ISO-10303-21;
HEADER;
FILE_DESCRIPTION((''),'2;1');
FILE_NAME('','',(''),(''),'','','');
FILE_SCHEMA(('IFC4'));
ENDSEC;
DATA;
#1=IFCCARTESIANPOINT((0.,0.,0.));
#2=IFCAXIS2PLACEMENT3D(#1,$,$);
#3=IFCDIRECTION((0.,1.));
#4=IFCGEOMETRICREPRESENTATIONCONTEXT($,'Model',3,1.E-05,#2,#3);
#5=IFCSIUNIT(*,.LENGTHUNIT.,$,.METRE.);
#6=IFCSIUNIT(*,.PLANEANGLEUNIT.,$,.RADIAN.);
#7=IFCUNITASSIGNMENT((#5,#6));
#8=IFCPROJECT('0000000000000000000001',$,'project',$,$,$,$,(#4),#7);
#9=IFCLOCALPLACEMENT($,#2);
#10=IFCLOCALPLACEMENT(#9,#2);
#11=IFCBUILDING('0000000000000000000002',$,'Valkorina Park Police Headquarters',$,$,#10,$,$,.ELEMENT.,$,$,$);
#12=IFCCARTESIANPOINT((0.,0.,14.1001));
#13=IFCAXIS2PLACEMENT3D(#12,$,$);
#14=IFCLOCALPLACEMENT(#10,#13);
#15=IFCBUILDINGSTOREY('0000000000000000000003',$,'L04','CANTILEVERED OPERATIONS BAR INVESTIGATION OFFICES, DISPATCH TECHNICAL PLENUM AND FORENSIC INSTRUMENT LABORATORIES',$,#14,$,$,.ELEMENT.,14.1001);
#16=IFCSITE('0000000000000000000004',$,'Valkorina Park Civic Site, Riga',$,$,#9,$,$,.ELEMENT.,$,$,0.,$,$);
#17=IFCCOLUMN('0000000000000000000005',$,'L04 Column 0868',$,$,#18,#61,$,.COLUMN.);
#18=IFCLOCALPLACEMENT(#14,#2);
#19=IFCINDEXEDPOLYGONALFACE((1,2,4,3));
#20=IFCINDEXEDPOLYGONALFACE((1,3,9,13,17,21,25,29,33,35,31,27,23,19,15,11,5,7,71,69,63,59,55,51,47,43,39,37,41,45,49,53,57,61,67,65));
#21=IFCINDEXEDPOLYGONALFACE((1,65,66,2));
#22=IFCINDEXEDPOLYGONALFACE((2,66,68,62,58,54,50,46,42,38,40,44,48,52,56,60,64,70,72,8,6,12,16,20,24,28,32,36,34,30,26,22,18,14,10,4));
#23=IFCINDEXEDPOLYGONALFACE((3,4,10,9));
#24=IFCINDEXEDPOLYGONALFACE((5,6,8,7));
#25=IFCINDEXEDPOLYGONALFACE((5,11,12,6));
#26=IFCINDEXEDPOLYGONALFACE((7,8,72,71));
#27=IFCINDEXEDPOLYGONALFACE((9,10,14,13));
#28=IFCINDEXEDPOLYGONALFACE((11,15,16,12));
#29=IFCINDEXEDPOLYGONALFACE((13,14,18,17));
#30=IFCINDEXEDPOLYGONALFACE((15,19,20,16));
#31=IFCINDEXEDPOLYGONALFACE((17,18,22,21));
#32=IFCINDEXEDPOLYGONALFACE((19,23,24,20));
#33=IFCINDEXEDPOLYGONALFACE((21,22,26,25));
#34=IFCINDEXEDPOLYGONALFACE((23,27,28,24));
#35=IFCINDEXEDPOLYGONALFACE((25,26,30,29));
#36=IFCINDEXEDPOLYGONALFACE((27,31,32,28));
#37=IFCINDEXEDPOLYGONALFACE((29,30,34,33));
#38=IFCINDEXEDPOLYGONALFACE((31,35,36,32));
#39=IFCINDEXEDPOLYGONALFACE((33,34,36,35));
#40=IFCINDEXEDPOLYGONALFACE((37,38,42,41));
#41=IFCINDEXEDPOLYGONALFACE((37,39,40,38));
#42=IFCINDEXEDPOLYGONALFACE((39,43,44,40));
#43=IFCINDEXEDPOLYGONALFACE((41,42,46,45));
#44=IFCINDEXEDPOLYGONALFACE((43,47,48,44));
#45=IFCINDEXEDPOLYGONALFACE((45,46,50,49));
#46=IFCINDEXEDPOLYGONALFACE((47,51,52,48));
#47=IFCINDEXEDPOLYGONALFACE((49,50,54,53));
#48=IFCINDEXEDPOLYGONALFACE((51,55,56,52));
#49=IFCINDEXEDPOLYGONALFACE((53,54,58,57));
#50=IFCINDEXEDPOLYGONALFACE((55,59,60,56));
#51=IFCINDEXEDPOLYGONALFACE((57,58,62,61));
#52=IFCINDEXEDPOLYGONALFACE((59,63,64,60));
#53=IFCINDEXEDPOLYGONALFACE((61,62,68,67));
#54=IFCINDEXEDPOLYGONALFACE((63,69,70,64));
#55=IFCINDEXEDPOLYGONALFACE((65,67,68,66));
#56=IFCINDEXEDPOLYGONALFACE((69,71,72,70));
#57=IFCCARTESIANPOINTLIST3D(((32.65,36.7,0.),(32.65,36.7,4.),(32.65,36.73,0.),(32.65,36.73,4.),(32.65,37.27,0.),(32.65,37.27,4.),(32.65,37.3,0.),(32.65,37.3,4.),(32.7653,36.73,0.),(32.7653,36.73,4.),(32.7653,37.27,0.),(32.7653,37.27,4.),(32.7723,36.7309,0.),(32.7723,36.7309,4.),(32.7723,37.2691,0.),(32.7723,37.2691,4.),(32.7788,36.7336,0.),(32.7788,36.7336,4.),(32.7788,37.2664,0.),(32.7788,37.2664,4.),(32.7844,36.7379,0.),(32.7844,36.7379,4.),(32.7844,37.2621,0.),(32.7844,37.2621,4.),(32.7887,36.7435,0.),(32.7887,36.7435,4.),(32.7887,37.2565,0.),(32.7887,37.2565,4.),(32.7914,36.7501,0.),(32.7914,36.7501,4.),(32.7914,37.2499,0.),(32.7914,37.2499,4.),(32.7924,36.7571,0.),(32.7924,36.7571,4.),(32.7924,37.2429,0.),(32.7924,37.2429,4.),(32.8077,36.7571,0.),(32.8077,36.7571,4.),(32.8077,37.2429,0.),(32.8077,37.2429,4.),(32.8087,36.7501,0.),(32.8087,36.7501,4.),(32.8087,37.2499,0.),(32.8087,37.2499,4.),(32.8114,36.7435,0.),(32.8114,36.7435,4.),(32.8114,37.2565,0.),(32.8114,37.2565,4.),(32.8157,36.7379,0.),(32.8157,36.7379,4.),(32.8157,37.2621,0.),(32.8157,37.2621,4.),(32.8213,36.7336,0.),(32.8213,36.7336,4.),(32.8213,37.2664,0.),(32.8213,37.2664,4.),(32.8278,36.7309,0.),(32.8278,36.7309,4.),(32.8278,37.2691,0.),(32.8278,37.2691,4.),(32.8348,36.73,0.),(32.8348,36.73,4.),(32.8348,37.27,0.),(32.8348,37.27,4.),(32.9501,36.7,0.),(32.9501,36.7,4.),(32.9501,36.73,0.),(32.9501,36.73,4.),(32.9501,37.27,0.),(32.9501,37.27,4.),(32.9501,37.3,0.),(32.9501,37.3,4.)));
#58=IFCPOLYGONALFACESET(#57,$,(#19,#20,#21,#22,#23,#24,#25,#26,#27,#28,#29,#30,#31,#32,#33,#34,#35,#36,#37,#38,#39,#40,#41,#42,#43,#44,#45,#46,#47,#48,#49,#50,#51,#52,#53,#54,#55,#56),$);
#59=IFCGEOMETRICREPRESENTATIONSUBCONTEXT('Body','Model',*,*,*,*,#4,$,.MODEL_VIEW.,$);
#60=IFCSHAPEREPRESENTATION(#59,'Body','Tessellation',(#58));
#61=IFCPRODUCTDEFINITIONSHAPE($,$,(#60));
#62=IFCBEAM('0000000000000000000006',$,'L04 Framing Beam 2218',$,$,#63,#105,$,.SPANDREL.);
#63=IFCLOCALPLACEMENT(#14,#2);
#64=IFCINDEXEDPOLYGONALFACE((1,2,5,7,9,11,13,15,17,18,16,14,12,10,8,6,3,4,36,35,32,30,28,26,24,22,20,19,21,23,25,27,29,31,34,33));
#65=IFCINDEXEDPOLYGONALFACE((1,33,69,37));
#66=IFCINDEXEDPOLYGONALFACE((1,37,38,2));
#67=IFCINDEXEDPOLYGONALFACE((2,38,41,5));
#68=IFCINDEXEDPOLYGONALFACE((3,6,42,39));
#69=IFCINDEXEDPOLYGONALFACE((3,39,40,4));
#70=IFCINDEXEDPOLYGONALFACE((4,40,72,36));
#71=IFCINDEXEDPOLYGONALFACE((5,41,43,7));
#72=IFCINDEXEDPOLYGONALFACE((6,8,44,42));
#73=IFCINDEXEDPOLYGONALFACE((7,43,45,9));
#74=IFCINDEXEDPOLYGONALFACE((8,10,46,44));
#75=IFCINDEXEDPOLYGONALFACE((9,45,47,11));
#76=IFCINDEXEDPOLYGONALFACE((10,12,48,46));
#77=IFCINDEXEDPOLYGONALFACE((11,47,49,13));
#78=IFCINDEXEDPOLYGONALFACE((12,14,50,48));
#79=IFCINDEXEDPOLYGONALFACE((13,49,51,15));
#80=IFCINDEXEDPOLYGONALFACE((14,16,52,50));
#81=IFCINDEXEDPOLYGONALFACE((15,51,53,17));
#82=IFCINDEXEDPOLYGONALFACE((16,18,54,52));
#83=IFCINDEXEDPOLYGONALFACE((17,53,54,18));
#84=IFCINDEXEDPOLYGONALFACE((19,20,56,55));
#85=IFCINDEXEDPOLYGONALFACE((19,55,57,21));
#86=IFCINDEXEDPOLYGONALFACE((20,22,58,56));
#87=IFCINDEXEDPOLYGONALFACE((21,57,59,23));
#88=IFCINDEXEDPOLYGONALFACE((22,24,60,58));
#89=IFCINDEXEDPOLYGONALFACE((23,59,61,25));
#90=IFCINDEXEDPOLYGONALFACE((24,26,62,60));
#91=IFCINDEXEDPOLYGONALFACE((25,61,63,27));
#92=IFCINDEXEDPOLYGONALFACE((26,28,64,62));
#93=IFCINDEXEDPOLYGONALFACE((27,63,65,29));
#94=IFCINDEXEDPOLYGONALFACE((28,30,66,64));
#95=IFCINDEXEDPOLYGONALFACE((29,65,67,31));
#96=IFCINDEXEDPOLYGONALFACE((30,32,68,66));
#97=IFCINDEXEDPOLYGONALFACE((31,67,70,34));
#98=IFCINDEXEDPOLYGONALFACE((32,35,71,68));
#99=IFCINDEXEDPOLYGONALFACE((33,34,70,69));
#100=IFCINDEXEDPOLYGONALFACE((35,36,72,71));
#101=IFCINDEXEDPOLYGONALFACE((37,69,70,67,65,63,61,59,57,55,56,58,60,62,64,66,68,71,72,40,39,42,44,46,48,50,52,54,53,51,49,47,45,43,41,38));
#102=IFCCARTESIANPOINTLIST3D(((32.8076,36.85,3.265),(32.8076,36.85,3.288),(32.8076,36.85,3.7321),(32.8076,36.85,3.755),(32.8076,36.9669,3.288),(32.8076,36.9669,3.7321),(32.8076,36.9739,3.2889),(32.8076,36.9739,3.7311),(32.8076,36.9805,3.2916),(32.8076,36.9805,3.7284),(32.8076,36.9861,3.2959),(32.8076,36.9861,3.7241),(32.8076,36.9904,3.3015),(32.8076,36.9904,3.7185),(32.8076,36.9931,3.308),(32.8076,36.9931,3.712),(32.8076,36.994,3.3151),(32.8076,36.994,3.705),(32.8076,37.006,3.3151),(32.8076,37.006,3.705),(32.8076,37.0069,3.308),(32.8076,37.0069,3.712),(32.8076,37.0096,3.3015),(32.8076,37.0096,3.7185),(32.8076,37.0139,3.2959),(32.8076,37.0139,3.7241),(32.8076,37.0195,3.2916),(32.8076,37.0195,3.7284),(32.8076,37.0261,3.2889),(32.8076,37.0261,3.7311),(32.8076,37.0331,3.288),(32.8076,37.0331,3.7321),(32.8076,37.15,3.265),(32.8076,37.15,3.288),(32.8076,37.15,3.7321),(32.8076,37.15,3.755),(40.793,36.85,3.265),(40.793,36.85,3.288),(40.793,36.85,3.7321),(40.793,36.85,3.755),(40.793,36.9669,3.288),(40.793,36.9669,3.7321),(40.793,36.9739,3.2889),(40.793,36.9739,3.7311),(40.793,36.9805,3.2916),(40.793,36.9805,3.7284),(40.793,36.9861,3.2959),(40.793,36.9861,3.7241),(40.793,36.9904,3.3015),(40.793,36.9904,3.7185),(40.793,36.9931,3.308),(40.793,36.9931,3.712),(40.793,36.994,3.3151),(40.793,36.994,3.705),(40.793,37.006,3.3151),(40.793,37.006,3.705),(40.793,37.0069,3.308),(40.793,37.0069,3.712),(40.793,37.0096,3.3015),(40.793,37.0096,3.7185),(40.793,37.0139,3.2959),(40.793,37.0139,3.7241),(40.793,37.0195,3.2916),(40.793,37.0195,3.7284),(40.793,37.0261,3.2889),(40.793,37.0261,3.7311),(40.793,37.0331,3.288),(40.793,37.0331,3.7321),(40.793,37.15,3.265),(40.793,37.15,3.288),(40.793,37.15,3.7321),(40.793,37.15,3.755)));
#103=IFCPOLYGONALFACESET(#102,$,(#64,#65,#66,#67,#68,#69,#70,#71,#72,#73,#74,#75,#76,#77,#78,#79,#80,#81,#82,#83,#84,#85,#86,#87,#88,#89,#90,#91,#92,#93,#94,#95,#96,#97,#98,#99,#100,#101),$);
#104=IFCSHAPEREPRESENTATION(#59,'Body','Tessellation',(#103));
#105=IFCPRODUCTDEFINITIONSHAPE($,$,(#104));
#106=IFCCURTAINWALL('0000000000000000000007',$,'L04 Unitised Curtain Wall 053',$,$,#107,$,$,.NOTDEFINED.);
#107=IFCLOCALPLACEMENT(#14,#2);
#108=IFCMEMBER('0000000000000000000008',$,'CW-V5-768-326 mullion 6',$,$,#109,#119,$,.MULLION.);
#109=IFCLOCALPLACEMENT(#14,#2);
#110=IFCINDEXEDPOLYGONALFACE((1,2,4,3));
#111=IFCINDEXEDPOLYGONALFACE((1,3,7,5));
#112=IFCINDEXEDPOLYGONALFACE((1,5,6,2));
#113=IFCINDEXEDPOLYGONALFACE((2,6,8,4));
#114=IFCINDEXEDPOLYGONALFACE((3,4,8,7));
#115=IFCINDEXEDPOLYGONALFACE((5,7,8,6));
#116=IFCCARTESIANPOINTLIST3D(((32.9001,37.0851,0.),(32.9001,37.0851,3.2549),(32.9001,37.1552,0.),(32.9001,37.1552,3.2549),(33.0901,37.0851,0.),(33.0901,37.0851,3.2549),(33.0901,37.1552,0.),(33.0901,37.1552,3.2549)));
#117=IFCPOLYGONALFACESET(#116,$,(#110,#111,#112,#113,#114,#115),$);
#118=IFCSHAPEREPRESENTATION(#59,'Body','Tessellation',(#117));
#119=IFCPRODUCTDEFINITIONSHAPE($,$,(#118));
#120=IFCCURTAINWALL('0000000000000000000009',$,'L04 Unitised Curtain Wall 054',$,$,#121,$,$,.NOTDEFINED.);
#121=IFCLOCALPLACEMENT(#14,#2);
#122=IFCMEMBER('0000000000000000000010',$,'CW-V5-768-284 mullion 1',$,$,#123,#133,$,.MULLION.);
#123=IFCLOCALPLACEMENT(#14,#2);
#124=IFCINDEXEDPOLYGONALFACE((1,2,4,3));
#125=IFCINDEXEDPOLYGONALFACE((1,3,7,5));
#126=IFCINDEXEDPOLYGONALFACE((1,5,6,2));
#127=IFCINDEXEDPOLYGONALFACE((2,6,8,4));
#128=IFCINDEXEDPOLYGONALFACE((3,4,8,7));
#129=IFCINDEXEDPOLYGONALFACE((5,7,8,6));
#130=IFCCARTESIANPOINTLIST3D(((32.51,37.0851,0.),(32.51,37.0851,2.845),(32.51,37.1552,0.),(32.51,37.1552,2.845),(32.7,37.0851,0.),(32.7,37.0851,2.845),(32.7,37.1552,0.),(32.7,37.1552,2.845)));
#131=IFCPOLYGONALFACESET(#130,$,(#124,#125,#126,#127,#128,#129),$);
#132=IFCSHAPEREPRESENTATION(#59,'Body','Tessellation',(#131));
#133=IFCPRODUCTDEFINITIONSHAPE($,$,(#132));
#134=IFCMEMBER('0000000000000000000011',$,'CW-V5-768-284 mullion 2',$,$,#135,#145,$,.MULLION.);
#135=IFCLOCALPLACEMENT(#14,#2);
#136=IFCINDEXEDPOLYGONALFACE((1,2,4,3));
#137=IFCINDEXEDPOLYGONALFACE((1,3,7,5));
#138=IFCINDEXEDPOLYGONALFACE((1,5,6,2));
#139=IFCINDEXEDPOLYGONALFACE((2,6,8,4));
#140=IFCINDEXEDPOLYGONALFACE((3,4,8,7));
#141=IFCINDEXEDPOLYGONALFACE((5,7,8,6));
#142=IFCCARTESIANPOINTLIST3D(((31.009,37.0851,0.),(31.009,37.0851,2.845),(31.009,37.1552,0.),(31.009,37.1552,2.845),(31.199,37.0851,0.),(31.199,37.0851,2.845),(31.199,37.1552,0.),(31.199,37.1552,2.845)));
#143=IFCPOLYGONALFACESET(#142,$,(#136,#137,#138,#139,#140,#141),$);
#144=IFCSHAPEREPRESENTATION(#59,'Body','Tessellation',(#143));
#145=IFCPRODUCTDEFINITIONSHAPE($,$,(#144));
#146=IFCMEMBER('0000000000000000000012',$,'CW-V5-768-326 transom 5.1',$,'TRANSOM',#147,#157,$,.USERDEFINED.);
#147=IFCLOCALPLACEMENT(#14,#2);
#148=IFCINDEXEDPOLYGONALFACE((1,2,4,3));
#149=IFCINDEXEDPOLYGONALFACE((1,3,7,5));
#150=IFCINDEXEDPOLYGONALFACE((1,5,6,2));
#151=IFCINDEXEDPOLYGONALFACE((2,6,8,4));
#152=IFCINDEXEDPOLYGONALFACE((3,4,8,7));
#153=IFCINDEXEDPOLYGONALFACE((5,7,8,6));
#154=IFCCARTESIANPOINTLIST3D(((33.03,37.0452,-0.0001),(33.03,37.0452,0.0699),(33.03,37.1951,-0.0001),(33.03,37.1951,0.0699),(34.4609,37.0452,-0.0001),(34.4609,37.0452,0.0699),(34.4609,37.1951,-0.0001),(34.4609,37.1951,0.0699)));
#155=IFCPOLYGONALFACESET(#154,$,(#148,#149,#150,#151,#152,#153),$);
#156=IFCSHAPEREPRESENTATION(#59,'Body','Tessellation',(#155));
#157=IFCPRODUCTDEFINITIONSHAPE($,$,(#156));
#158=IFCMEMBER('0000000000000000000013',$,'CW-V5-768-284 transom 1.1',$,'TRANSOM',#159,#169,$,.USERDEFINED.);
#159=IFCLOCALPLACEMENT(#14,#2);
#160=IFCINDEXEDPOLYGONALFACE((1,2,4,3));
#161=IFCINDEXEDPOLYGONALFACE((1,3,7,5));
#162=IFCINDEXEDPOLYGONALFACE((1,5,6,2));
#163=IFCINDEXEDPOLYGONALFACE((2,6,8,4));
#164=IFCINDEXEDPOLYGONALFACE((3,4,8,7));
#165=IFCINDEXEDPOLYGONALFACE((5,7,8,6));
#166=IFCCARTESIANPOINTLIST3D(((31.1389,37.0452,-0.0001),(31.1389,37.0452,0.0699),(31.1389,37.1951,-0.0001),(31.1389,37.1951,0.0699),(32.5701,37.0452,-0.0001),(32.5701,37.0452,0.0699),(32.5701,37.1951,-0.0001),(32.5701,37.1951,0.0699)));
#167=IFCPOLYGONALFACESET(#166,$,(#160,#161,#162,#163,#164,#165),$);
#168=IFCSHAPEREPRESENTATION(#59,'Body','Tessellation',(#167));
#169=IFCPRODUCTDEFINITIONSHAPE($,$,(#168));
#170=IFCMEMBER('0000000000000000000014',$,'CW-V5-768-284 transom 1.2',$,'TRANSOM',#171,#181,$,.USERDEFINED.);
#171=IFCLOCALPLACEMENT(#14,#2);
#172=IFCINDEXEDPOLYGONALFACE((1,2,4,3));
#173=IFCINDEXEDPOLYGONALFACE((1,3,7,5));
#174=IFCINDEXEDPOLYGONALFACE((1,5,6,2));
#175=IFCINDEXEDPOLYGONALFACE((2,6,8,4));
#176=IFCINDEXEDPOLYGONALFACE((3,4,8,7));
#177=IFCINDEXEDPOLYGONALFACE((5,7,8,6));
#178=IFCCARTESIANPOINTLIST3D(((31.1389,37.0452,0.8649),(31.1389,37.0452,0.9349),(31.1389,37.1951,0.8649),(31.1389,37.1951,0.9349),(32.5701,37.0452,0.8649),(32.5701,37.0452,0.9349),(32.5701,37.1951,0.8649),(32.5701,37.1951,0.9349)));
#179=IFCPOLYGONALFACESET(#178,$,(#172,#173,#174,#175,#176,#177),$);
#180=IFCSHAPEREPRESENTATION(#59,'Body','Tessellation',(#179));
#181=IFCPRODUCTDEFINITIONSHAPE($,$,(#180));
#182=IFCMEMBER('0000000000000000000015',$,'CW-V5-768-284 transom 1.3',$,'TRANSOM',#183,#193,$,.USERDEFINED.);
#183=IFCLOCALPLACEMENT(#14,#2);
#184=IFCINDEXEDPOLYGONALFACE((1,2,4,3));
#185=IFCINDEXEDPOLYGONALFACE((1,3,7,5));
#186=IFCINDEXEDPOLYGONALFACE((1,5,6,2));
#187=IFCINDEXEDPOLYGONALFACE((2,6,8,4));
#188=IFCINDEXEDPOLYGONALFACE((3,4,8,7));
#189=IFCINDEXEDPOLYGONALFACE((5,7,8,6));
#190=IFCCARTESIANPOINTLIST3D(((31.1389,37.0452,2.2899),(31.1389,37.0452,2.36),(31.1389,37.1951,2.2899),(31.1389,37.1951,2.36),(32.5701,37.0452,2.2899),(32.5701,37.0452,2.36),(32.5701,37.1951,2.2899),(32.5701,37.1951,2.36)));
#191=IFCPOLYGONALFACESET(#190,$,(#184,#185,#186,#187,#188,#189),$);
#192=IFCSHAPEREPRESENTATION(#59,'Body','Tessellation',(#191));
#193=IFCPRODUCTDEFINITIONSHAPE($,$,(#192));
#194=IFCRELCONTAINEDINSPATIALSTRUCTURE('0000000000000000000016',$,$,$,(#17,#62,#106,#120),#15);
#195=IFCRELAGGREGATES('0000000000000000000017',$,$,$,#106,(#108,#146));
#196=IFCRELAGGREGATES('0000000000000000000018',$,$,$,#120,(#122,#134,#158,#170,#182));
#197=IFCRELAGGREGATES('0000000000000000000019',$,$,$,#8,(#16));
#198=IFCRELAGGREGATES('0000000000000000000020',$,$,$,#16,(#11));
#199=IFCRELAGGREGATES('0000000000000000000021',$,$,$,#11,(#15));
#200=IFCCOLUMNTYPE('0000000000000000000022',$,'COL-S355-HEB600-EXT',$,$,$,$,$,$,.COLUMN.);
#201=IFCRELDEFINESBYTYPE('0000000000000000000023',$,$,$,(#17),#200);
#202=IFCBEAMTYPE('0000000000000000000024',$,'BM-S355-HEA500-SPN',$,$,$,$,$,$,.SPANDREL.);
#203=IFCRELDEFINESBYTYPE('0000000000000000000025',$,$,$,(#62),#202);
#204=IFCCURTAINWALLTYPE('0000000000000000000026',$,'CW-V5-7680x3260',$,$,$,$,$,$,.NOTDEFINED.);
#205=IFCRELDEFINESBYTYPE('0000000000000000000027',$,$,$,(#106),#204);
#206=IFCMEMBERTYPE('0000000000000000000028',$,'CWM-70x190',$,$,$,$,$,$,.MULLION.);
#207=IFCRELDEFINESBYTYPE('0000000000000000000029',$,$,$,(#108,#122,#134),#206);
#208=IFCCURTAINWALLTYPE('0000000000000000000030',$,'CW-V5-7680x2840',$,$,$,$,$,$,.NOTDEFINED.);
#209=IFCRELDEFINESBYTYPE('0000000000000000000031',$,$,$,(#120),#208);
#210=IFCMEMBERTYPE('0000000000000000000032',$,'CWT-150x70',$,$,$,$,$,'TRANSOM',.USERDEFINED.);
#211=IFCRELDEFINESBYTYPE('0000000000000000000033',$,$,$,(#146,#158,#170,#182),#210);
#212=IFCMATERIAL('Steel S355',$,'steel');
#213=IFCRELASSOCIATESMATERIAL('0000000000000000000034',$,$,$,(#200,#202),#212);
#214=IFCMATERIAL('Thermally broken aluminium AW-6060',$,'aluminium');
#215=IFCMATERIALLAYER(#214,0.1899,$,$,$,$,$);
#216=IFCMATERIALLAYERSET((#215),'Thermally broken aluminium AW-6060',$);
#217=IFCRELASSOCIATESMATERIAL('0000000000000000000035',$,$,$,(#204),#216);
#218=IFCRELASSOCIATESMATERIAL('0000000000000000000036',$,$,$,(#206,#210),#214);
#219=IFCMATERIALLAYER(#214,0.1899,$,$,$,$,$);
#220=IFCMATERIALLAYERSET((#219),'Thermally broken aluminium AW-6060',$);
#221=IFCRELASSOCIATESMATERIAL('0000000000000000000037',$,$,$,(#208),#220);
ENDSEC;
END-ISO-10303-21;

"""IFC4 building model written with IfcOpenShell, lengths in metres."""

from ifc_helpers import new_model, si_unit, direction, frame, origin, origin_2d, place, context, subcontext, project, spatial, rectangle, i_section, extrude, material, layer, layer_set, material_profile, profile_set, type_object, element, aggregate, save


model = new_model("IFC4")

# Units and contexts
model_context = context("Model", 3, precision=1e-05, world=origin(), true_north=direction((0.0, 1.0)))
body_context = subcontext(model_context, "Body", "Model", "MODEL_VIEW")
ifc_project = project(units=[si_unit("LENGTHUNIT", "METRE"), si_unit("PLANEANGLEUNIT", "RADIAN")], contexts=[model_context])

# Site, building, storey
site_placement = place(None, origin())
site = spatial("IfcSite", under=ifc_project, at=site_placement, Name="Valkorina Park Civic Site, Riga", CompositionType="ELEMENT", RefElevation=0.0)
building_placement = place(site_placement, origin())
building = spatial("IfcBuilding", under=site, at=building_placement, Name="Valkorina Park Police Headquarters", CompositionType="ELEMENT")
storey_placement = place(building_placement, frame((0.0, 0.0, 14.1001)))
storey = spatial("IfcBuildingStorey", under=building, at=storey_placement, Name="L04", Description="CANTILEVERED OPERATIONS BAR INVESTIGATION OFFICES, DISPATCH TECHNICAL PLENUM AND FORENSIC INSTRUMENT LABORATORIES", CompositionType="ELEMENT", Elevation=14.1001)

# Column
ifc_material_1 = material(Name="Steel S355", Category="steel")
ifc_material_profile_1 = material_profile(ifc_material_1, i_section(OverallWidth=0.3, OverallDepth=0.6001, WebThickness=0.0154, FlangeThickness=0.03, FilletRadius=0.0271, at=origin_2d()), Name="HEB 600")
ifc_profile_set_1 = profile_set([ifc_material_profile_1], Name="Steel S355")
column_type = type_object("IfcColumnType", Name="COL-S355-HEB600-EXT", PredefinedType="COLUMN", material=ifc_profile_set_1)
column_placement = place(storey_placement, frame((32.8, 37.0, 0.0), z_axis=(0.0, 0.0, 1.0), x_axis=(1.0, 0.0, 0.0)))
element("IfcColumn", 1, at=column_placement, inside=storey, type_object=column_type, Name="L04 Column 0868", PredefinedType="COLUMN", context=body_context, shape_type="SweptSolid", body=[
    extrude(i_section(OverallWidth=0.3, OverallDepth=0.6001, WebThickness=0.0154, FlangeThickness=0.03, FilletRadius=0.0271, at=origin_2d()), origin(), (0.0, 0.0, 1.0), 4.0),
])

# Beam
ifc_material_profile_2 = material_profile(ifc_material_1, i_section(OverallWidth=0.3, OverallDepth=0.49, WebThickness=0.012, FlangeThickness=0.0229, FilletRadius=0.0271, at=origin_2d()), Name="HEA 500")
ifc_profile_set_2 = profile_set([ifc_material_profile_2], Name="Steel S355")
beam_type = type_object("IfcBeamType", Name="BM-S355-HEA500-SPN", PredefinedType="SPANDREL", material=ifc_profile_set_2)
beam_placement = place(storey_placement, frame((32.8076, 37.0, 3.51), z_axis=(1.0, 0.0, 0.0), x_axis=(0.0, 1.0, 0.0)))
element("IfcBeam", 2, at=beam_placement, inside=storey, type_object=beam_type, Name="L04 Framing Beam 2218", PredefinedType="SPANDREL", context=body_context, shape_type="SweptSolid", body=[
    extrude(i_section(OverallWidth=0.3, OverallDepth=0.49, WebThickness=0.012, FlangeThickness=0.0229, FilletRadius=0.0271, at=origin_2d()), origin(), (0.0, 0.0, 1.0), 7.9854),
])

# Curtain wall, member
ifc_material_2 = material(Name="Thermally broken aluminium AW-6060", Category="aluminium")
ifc_layer_1 = layer(ifc_material_2, 0.1899)
ifc_layer_set_1 = layer_set([ifc_layer_1], Name="Thermally broken aluminium AW-6060")
curtain_wall_type_1 = type_object("IfcCurtainWallType", Name="CW-V5-7680x3260", PredefinedType="NOTDEFINED", material=ifc_layer_set_1)
curtain_wall_1_placement = place(storey_placement, origin())
curtain_wall_1 = element("IfcCurtainWall", 3, at=curtain_wall_1_placement, inside=storey, type_object=curtain_wall_type_1, Name="L04 Unitised Curtain Wall 053", PredefinedType="NOTDEFINED")
ifc_material_profile_3 = material_profile(ifc_material_2, rectangle(XDim=0.0701, YDim=0.1899, at=origin_2d()), Name="CWM-02 70x190")
ifc_profile_set_3 = profile_set([ifc_material_profile_3], Name="Thermally broken aluminium AW-6060")
member_type_1 = type_object("IfcMemberType", Name="CWM-70x190", PredefinedType="MULLION", material=ifc_profile_set_3)
member_1_placement = place(storey_placement, frame((32.9951, 37.1201, 0.0), z_axis=(0.0, 0.0, 1.0), x_axis=(0.0, -1.0, 0.0)))
member_1 = element("IfcMember", 4, at=member_1_placement, type_object=member_type_1, Name="CW-V5-768-326 mullion 6", PredefinedType="MULLION", context=body_context, shape_type="SweptSolid", body=[
    extrude(rectangle(XDim=0.0701, YDim=0.1899, at=origin_2d()), origin(), (0.0, 0.0, 1.0), 3.2549),
])

# Curtain wall, members
ifc_layer_2 = layer(ifc_material_2, 0.1899)
ifc_layer_set_2 = layer_set([ifc_layer_2], Name="Thermally broken aluminium AW-6060")
curtain_wall_type_2 = type_object("IfcCurtainWallType", Name="CW-V5-7680x2840", PredefinedType="NOTDEFINED", material=ifc_layer_set_2)
curtain_wall_2_placement = place(storey_placement, origin())
curtain_wall_2 = element("IfcCurtainWall", 5, at=curtain_wall_2_placement, inside=storey, type_object=curtain_wall_type_2, Name="L04 Unitised Curtain Wall 054", PredefinedType="NOTDEFINED")
member_2_placement = place(storey_placement, frame((32.605, 37.1201, 0.0), z_axis=(0.0, 0.0, 1.0), x_axis=(0.0, -1.0, 0.0)))
member_2 = element("IfcMember", 6, at=member_2_placement, type_object=member_type_1, Name="CW-V5-768-284 mullion 1", PredefinedType="MULLION", context=body_context, shape_type="SweptSolid", body=[
    extrude(rectangle(XDim=0.0701, YDim=0.1899, at=origin_2d()), origin(), (0.0, 0.0, 1.0), 2.845),
])
member_3_placement = place(storey_placement, frame((31.104, 37.1201, 0.0), z_axis=(0.0, 0.0, 1.0), x_axis=(0.0, -1.0, 0.0)))
member_3 = element("IfcMember", 7, at=member_3_placement, type_object=member_type_1, Name="CW-V5-768-284 mullion 2", PredefinedType="MULLION", context=body_context, shape_type="SweptSolid", body=[
    extrude(rectangle(XDim=0.0701, YDim=0.1899, at=origin_2d()), origin(), (0.0, 0.0, 1.0), 2.845),
])

# Members
ifc_material_profile_4 = material_profile(ifc_material_2, rectangle(XDim=0.1499, YDim=0.0701, at=origin_2d()), Name="CWT-02 150x70")
ifc_profile_set_4 = profile_set([ifc_material_profile_4], Name="Thermally broken aluminium AW-6060")
member_type_2 = type_object("IfcMemberType", Name="CWT-150x70", ElementType="TRANSOM", PredefinedType="USERDEFINED", material=ifc_profile_set_4)
member_4_placement = place(storey_placement, frame((34.4609, 37.1201, 0.0349), z_axis=(-1.0, 0.0, 0.0), x_axis=(0.0, -1.0, 0.0)))
member_4 = element("IfcMember", 8, at=member_4_placement, type_object=member_type_2, Name="CW-V5-768-326 transom 5.1", ObjectType="TRANSOM", PredefinedType="USERDEFINED", context=body_context, shape_type="SweptSolid", body=[
    extrude(rectangle(XDim=0.1499, YDim=0.0701, at=origin_2d()), origin(), (0.0, 0.0, 1.0), 1.4309),
])
member_5_placement = place(storey_placement, frame((32.5701, 37.1201, 0.0349), z_axis=(-1.0, 0.0, 0.0), x_axis=(0.0, -1.0, 0.0)))
member_5 = element("IfcMember", 9, at=member_5_placement, type_object=member_type_2, Name="CW-V5-768-284 transom 1.1", ObjectType="TRANSOM", PredefinedType="USERDEFINED", context=body_context, shape_type="SweptSolid", body=[
    extrude(rectangle(XDim=0.1499, YDim=0.0701, at=origin_2d()), origin(), (0.0, 0.0, 1.0), 1.4312),
])
member_6_placement = place(storey_placement, frame((32.5701, 37.1201, 0.8999), z_axis=(-1.0, 0.0, 0.0), x_axis=(0.0, -1.0, 0.0)))
member_6 = element("IfcMember", 10, at=member_6_placement, type_object=member_type_2, Name="CW-V5-768-284 transom 1.2", ObjectType="TRANSOM", PredefinedType="USERDEFINED", context=body_context, shape_type="SweptSolid", body=[
    extrude(rectangle(XDim=0.1499, YDim=0.0701, at=origin_2d()), origin(), (0.0, 0.0, 1.0), 1.4312),
])
member_7_placement = place(storey_placement, frame((32.5701, 37.1201, 2.325), z_axis=(-1.0, 0.0, 0.0), x_axis=(0.0, -1.0, 0.0)))
member_7 = element("IfcMember", 11, at=member_7_placement, type_object=member_type_2, Name="CW-V5-768-284 transom 1.3", ObjectType="TRANSOM", PredefinedType="USERDEFINED", context=body_context, shape_type="SweptSolid", body=[
    extrude(rectangle(XDim=0.1499, YDim=0.0701, at=origin_2d()), origin(), (0.0, 0.0, 1.0), 1.4312),
])

aggregate(curtain_wall_1, [member_1, member_4])
aggregate(curtain_wall_2, [member_2, member_3, member_5, member_6, member_7])

save(model, "model.ifc")
